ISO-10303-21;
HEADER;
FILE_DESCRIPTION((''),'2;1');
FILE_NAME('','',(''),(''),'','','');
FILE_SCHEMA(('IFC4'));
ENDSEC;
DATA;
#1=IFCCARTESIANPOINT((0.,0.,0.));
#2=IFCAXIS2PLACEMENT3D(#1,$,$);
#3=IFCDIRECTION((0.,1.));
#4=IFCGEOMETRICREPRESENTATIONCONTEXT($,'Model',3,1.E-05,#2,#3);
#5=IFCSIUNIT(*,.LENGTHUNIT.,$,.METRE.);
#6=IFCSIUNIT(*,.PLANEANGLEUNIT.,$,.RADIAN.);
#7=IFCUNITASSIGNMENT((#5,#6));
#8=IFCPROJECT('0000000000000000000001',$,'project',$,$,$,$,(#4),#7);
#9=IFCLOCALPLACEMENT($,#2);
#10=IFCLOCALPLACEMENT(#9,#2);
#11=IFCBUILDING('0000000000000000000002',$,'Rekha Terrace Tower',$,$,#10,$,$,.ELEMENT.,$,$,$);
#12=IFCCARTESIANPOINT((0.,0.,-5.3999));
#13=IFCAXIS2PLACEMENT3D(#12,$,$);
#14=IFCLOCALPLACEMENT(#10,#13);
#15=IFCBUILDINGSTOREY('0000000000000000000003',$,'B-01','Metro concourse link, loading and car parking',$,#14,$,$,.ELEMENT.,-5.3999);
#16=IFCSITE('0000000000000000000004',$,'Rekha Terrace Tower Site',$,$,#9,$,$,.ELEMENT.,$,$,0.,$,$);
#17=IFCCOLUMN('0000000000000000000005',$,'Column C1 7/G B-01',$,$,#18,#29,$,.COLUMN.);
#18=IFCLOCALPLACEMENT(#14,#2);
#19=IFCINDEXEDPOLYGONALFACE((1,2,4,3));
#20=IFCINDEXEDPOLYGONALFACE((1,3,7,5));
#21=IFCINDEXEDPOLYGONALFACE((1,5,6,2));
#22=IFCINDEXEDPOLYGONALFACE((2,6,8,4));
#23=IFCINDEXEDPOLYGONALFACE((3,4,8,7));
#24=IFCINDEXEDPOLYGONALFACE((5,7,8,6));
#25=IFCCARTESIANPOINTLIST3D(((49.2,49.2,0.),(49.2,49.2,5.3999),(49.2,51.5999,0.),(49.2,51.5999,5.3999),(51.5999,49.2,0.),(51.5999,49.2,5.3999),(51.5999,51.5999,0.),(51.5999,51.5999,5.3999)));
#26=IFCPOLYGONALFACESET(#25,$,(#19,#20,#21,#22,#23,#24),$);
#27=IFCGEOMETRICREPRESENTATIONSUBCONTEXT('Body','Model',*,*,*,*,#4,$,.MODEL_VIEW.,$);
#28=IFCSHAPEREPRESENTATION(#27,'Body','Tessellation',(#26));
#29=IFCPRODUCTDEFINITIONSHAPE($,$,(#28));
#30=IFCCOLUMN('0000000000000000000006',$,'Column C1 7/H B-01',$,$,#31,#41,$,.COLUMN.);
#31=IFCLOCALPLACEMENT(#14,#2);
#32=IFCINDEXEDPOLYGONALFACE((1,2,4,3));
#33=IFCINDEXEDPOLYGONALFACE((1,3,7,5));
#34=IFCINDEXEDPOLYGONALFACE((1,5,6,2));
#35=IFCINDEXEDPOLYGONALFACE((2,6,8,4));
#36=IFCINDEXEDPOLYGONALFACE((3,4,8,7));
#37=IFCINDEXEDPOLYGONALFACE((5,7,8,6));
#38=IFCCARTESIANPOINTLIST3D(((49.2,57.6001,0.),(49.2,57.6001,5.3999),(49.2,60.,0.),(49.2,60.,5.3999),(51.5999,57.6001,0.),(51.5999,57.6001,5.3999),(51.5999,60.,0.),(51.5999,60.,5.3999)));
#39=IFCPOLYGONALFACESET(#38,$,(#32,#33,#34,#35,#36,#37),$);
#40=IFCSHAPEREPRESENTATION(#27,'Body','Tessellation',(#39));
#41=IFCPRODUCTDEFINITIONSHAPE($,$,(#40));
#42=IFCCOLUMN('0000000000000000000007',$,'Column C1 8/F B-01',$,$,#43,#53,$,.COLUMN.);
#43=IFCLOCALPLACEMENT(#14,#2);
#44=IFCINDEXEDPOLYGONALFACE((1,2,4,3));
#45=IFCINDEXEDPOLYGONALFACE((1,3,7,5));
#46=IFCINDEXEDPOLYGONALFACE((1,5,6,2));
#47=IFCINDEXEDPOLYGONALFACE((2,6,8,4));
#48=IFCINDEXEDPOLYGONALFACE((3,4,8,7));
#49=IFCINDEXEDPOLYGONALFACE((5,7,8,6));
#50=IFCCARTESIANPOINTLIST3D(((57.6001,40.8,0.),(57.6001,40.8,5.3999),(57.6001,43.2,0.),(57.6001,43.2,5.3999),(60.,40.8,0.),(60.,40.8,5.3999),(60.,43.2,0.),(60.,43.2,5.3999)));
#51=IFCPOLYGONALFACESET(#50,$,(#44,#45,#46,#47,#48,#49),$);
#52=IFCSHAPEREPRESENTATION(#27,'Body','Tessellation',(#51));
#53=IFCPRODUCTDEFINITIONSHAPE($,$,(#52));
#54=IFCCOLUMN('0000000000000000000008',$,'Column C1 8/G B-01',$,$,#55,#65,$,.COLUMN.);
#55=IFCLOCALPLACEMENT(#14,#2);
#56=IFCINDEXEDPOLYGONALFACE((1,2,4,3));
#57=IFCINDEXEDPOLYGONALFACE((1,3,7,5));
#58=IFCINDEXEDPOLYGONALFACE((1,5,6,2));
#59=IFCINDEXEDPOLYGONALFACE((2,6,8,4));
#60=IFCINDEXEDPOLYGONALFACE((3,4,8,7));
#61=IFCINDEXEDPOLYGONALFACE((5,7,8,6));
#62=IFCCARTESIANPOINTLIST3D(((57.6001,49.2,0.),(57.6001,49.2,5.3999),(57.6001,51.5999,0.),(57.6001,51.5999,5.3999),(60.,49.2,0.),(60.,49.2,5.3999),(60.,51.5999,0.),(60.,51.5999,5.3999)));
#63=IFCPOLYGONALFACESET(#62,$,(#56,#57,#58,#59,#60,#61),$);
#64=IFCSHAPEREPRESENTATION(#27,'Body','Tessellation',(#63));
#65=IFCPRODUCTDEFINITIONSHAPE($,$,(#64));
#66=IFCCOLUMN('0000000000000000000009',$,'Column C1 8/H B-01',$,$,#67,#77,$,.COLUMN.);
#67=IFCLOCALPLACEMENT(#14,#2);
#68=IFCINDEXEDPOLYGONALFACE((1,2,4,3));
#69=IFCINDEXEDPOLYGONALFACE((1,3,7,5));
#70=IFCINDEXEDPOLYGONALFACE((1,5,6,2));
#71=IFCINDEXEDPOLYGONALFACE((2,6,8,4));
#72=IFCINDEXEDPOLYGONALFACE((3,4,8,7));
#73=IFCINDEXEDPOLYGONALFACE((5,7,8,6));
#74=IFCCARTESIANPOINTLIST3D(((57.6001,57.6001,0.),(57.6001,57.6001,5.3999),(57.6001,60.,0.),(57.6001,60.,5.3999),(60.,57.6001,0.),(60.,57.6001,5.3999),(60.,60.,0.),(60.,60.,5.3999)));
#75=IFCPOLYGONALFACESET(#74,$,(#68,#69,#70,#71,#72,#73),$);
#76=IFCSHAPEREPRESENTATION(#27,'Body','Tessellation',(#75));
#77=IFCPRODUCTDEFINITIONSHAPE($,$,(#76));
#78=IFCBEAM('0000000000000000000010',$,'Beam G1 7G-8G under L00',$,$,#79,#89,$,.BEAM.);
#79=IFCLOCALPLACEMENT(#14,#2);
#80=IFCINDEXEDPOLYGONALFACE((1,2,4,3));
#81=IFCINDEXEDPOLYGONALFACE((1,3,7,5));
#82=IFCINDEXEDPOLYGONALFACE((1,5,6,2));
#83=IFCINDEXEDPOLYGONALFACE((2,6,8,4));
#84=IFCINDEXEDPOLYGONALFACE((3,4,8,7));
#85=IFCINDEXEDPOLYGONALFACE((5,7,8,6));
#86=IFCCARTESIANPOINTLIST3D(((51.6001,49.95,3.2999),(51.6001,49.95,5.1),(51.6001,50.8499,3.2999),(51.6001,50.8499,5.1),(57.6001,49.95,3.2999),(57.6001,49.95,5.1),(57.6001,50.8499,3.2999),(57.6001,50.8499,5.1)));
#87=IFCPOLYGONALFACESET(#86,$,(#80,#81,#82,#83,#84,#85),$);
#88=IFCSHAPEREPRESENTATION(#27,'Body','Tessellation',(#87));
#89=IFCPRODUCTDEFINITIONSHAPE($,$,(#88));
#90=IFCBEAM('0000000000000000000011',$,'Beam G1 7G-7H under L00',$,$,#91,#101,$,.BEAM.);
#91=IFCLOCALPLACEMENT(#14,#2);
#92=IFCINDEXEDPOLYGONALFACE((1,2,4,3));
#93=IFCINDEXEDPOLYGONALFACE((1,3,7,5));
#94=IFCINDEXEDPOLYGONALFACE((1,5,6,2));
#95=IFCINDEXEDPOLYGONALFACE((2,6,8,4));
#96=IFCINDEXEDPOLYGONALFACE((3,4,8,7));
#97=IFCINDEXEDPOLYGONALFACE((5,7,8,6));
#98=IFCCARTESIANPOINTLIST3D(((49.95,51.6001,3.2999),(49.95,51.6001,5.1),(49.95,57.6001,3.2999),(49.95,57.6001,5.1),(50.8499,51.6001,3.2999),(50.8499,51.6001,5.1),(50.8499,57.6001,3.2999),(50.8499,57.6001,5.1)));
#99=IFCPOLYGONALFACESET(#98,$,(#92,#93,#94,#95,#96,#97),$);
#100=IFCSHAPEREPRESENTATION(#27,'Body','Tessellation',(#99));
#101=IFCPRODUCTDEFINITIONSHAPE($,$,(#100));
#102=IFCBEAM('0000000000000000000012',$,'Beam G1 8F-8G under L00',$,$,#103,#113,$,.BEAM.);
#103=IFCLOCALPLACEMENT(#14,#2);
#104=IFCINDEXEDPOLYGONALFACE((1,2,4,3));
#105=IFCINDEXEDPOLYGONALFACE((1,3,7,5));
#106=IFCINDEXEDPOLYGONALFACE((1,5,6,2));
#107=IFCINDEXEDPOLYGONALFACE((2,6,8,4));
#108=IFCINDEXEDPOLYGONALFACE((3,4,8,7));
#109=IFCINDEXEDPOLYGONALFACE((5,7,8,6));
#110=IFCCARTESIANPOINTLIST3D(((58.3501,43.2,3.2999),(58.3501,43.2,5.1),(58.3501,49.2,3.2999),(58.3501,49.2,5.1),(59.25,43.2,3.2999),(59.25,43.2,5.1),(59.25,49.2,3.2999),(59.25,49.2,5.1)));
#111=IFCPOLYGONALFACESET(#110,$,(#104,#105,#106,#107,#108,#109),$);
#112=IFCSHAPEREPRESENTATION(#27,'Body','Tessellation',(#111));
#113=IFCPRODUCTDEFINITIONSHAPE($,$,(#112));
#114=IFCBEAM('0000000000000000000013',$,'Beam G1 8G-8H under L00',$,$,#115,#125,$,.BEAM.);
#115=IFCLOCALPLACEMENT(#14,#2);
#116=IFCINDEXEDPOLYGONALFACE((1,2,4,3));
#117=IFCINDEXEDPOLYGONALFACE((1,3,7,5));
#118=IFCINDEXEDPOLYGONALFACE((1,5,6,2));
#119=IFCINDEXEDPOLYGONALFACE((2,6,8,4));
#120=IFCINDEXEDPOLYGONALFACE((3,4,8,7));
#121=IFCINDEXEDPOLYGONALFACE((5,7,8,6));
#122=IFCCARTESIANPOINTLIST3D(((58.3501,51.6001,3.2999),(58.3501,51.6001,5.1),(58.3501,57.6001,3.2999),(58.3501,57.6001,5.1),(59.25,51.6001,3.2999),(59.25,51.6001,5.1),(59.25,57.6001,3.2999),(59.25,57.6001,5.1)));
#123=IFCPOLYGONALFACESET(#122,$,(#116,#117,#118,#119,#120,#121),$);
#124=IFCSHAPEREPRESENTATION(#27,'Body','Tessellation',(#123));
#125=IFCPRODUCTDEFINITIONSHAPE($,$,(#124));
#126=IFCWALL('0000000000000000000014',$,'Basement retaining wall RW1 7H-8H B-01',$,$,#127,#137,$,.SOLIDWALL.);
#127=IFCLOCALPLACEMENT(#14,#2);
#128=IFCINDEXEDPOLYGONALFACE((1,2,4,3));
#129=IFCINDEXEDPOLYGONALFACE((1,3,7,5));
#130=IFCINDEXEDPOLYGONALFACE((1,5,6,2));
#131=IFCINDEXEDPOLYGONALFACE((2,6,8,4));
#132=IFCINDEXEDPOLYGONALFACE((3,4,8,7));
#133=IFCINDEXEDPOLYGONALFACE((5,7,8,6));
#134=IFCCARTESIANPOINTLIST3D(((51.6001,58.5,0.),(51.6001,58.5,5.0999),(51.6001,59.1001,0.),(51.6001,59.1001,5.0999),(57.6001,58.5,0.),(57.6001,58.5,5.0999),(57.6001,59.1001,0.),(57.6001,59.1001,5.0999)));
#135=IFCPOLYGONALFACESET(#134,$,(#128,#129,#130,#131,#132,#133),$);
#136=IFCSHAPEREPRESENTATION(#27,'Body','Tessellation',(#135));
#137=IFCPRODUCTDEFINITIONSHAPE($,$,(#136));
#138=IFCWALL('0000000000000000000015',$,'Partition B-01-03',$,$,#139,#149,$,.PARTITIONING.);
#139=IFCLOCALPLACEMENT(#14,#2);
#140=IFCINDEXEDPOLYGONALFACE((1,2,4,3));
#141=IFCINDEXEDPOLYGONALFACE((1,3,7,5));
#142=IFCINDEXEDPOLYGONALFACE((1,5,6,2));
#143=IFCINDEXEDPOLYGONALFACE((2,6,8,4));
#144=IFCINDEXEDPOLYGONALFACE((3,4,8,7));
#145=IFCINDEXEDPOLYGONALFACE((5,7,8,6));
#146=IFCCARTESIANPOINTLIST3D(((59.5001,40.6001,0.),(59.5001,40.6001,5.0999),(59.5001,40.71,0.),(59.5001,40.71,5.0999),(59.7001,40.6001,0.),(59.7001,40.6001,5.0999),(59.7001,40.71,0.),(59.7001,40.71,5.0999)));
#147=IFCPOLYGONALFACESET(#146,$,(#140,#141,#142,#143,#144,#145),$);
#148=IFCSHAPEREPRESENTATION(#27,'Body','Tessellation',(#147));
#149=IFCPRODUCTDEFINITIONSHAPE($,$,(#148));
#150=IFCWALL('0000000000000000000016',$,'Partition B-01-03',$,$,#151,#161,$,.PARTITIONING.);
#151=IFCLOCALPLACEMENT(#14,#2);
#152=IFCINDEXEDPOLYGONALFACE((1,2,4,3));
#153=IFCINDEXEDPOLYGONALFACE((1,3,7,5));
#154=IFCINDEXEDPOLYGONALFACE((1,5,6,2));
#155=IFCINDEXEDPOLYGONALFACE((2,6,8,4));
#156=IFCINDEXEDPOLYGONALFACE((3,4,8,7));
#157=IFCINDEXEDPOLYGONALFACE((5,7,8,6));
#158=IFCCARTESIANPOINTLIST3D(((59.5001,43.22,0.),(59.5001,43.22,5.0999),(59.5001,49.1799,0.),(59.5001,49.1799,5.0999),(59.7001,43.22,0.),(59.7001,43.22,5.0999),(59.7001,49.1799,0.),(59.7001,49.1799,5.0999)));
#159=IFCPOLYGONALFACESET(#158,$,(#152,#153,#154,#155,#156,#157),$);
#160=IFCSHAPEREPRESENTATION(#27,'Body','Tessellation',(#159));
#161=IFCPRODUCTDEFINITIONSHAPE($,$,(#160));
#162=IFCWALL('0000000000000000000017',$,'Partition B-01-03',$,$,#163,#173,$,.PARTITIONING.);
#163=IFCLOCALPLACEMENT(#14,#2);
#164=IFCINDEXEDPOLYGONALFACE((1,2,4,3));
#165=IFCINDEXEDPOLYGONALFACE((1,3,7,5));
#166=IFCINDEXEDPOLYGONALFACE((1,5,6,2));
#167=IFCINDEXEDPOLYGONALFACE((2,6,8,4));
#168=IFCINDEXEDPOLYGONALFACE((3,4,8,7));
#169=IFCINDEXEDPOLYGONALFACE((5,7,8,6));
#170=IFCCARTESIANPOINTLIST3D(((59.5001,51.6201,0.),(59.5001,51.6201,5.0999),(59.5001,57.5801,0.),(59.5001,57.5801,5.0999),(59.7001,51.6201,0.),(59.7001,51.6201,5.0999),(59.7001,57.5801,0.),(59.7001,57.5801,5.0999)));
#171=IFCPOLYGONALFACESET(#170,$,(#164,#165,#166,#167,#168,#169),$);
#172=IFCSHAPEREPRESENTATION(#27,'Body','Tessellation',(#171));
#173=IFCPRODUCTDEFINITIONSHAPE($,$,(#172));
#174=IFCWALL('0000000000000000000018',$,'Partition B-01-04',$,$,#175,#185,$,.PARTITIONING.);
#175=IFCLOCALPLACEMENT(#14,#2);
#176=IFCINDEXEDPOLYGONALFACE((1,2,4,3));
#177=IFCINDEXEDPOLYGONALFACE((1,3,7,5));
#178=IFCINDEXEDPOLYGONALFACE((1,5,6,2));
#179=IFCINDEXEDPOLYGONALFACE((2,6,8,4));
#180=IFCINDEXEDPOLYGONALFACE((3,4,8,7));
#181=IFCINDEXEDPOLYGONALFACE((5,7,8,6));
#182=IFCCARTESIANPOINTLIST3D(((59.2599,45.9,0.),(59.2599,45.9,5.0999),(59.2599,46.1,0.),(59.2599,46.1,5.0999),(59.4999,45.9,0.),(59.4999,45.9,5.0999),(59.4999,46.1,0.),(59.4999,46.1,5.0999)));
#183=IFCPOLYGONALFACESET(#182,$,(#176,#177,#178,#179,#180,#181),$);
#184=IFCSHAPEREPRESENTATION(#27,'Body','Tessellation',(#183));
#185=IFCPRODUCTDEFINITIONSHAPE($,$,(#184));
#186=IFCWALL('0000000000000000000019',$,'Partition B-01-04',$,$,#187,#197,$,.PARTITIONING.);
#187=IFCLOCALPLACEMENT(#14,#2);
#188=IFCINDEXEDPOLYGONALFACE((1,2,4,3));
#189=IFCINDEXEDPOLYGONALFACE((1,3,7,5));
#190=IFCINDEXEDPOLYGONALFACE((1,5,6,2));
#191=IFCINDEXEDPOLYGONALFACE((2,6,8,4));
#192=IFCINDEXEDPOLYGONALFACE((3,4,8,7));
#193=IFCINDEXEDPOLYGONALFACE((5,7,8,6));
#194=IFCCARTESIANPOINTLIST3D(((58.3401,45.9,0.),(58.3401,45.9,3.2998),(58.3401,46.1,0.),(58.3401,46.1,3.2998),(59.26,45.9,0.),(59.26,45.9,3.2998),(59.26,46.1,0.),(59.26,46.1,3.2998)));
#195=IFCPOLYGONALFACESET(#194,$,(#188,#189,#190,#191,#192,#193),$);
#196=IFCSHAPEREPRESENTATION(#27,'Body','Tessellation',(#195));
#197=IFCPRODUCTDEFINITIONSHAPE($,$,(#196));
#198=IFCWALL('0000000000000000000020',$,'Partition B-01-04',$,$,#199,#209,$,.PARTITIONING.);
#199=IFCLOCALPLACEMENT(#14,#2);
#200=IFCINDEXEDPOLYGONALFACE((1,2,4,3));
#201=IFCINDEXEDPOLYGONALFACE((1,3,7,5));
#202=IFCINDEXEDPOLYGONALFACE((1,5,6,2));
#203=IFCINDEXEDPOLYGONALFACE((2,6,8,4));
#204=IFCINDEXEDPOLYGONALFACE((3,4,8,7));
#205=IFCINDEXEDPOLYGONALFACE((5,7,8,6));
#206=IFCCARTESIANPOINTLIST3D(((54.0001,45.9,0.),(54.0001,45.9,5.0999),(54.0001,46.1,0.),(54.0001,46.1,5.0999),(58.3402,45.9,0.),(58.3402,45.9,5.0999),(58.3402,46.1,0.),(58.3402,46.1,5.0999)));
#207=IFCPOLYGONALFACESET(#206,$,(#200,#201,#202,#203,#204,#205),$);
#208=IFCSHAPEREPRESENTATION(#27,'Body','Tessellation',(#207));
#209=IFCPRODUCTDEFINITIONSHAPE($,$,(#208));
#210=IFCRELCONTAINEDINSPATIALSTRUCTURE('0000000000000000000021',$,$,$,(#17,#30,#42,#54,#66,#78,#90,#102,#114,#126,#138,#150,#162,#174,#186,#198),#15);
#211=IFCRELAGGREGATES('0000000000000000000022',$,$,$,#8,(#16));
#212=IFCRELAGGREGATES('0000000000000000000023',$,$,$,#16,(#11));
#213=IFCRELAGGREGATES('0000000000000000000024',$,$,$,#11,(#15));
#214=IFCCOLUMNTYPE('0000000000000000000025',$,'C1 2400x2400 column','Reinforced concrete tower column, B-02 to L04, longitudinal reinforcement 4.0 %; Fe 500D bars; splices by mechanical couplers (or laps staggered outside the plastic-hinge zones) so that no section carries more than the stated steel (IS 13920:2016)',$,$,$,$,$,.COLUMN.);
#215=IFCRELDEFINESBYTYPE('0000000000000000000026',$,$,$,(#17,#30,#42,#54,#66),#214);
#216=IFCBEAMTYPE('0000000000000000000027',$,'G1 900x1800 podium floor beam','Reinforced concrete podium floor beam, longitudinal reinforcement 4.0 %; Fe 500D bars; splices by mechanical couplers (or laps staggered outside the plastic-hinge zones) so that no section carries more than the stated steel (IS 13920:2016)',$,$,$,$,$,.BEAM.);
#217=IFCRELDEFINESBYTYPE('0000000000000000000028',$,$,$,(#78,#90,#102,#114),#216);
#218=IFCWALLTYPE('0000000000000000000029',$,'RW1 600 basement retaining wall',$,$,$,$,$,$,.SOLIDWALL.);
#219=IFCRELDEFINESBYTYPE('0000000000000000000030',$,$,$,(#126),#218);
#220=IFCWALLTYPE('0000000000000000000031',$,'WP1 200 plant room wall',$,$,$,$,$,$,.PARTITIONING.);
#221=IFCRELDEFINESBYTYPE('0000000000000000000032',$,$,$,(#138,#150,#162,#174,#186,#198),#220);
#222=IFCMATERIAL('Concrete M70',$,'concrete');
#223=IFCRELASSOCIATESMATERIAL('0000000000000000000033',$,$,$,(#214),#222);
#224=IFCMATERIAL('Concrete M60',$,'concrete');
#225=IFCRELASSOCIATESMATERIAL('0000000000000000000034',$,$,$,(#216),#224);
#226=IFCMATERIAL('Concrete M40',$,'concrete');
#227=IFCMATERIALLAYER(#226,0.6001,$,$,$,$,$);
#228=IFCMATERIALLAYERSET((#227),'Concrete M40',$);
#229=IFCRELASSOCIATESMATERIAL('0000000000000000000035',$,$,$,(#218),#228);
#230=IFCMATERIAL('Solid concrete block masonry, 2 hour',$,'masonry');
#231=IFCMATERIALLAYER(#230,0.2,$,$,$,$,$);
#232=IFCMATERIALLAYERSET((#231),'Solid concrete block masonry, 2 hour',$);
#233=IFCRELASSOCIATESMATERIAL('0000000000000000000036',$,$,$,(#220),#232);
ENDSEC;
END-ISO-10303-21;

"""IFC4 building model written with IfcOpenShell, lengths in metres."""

from ifc_helpers import new_model, si_unit, direction, frame, frame_2d, origin, origin_2d, place, context, subcontext, project, spatial, rectangle, extrude, material, layer, layer_set, material_profile, profile_set, type_object, element, save


model = new_model("IFC4")

# Units and contexts
model_context = context("Model", 3, precision=1e-05, world=origin(), true_north=direction((0.0, 1.0)))
body_context = subcontext(model_context, "Body", "Model", "MODEL_VIEW")
ifc_project = project(units=[si_unit("LENGTHUNIT", "METRE"), si_unit("PLANEANGLEUNIT", "RADIAN")], contexts=[model_context])

# Site, building, storey
site_placement = place(None, origin())
site = spatial("IfcSite", under=ifc_project, at=site_placement, Name="Rekha Terrace Tower Site", CompositionType="ELEMENT", RefElevation=0.0)
building_placement = place(site_placement, origin())
building = spatial("IfcBuilding", under=site, at=building_placement, Name="Rekha Terrace Tower", CompositionType="ELEMENT")
storey_placement = place(building_placement, frame((0.0, 0.0, -5.3999)))
storey = spatial("IfcBuildingStorey", under=building, at=storey_placement, Name="B-01", Description="Metro concourse link, loading and car parking", CompositionType="ELEMENT", Elevation=-5.3999)

# Columns
ifc_material_1 = material(Name="Concrete M70", Category="concrete")
ifc_material_profile_1 = material_profile(ifc_material_1, rectangle(XDim=2.3999, YDim=2.3999, at=origin_2d()), Name="RC 2400x2400")
ifc_profile_set_1 = profile_set([ifc_material_profile_1], Name="Concrete M70")
column_type = type_object("IfcColumnType", Name="C1 2400x2400 column", Description="Reinforced concrete tower column, B-02 to L04, longitudinal reinforcement 4.0 %; Fe 500D bars; splices by mechanical couplers (or laps staggered outside the plastic-hinge zones) so that no section carries more than the stated steel (IS 13920:2016)", PredefinedType="COLUMN", material=ifc_profile_set_1)
for number, where, z_axis, x_axis, name in (
    (1, (50.3999, 50.3999, 0.0), (0.0, 0.0, 1.0), (1.0, 0.0, 0.0), "Column C1 7/G B-01"),
    (2, (50.3999, 58.8, 0.0), (0.0, 0.0, 1.0), (1.0, 0.0, 0.0), "Column C1 7/H B-01"),
    (3, (58.8, 42.0, 0.0), (0.0, 0.0, 1.0), (1.0, 0.0, 0.0), "Column C1 8/F B-01"),
    (4, (58.8, 50.3999, 0.0), (0.0, 0.0, 1.0), (1.0, 0.0, 0.0), "Column C1 8/G B-01"),
    (5, (58.8, 58.8, 0.0), (0.0, 0.0, 1.0), (1.0, 0.0, 0.0), "Column C1 8/H B-01"),
):
    element("IfcColumn", number, at=place(storey_placement, frame(where, z_axis=z_axis, x_axis=x_axis)), inside=storey, type_object=column_type, Name=name, PredefinedType="COLUMN", context=body_context, shape_type="SweptSolid", body=[
        extrude(rectangle(XDim=2.3999, YDim=2.3999, at=origin_2d()), origin(), (0.0, 0.0, 1.0), 5.3999),
    ])

# Beams
ifc_material_2 = material(Name="Concrete M60", Category="concrete")
ifc_material_profile_2 = material_profile(ifc_material_2, rectangle(XDim=0.8999, YDim=1.8, at=origin_2d()), Name="RC 900x1800")
ifc_profile_set_2 = profile_set([ifc_material_profile_2], Name="Concrete M60")
beam_type = type_object("IfcBeamType", Name="G1 900x1800 podium floor beam", Description="Reinforced concrete podium floor beam, longitudinal reinforcement 4.0 %; Fe 500D bars; splices by mechanical couplers (or laps staggered outside the plastic-hinge zones) so that no section carries more than the stated steel (IS 13920:2016)", PredefinedType="BEAM", material=ifc_profile_set_2)
for number, where, z_axis, x_axis, name in (
    (6, (51.6001, 50.3999, 4.2), (1.0, 0.0, 0.0), (0.0, 1.0, 0.0), "Beam G1 7G-8G under L00"),
    (7, (50.3999, 51.6001, 4.2), (0.0, 1.0, 0.0), (-1.0, 0.0, 0.0), "Beam G1 7G-7H under L00"),
    (8, (58.8, 43.2, 4.2), (0.0, 1.0, 0.0), (-1.0, 0.0, 0.0), "Beam G1 8F-8G under L00"),
    (9, (58.8, 51.6001, 4.2), (0.0, 1.0, 0.0), (-1.0, 0.0, 0.0), "Beam G1 8G-8H under L00"),
):
    element("IfcBeam", number, at=place(storey_placement, frame(where, z_axis=z_axis, x_axis=x_axis)), inside=storey, type_object=beam_type, Name=name, PredefinedType="BEAM", context=body_context, shape_type="SweptSolid", body=[
        extrude(rectangle(XDim=0.8999, YDim=1.8, at=origin_2d()), origin(), (0.0, 0.0, 1.0), 6.0),
    ])

# Walls
ifc_material_3 = material(Name="Concrete M40", Category="concrete")
ifc_layer_1 = layer(ifc_material_3, 0.6001)
ifc_layer_set_1 = layer_set([ifc_layer_1], Name="Concrete M40")
wall_type_1 = type_object("IfcWallType", Name="RW1 600 basement retaining wall", PredefinedType="SOLIDWALL", material=ifc_layer_set_1)
wall_1_placement = place(storey_placement, frame((51.6001, 58.8, 0.0), z_axis=(0.0, 0.0, 1.0), x_axis=(1.0, 0.0, 0.0)))
element("IfcWall", 10, at=wall_1_placement, inside=storey, type_object=wall_type_1, Name="Basement retaining wall RW1 7H-8H B-01", PredefinedType="SOLIDWALL", context=body_context, shape_type="SweptSolid", body=[
    extrude(rectangle(XDim=6.0, YDim=0.6001, at=frame_2d((3.0, 0.0))), origin(), (0.0, 0.0, 1.0), 5.0999),
])
ifc_material_4 = material(Name="Solid concrete block masonry, 2 hour", Category="masonry")
ifc_layer_2 = layer(ifc_material_4, 0.2)
ifc_layer_set_2 = layer_set([ifc_layer_2], Name="Solid concrete block masonry, 2 hour")
wall_type_2 = type_object("IfcWallType", Name="WP1 200 plant room wall", PredefinedType="PARTITIONING", material=ifc_layer_set_2)
wall_2_placement = place(storey_placement, frame((59.6001, 40.6001, 0.0), z_axis=(0.0, 0.0, 1.0), x_axis=(0.0, 1.0, 0.0)))
element("IfcWall", 11, at=wall_2_placement, inside=storey, type_object=wall_type_2, Name="Partition B-01-03", PredefinedType="PARTITIONING", context=body_context, shape_type="SweptSolid", body=[
    extrude(rectangle(XDim=0.1099, YDim=0.2, at=frame_2d((0.0549, 0.0))), origin(), (0.0, 0.0, 1.0), 5.0999),
])
for number, where, z_axis, x_axis, name in (
    (12, (59.6001, 43.22, 0.0), (0.0, 0.0, 1.0), (0.0, 1.0, 0.0), "Partition B-01-03"),
    (13, (59.6001, 51.6201, 0.0), (0.0, 0.0, 1.0), (0.0, 1.0, 0.0), "Partition B-01-03"),
):
    element("IfcWall", number, at=place(storey_placement, frame(where, z_axis=z_axis, x_axis=x_axis)), inside=storey, type_object=wall_type_2, Name=name, PredefinedType="PARTITIONING", context=body_context, shape_type="SweptSolid", body=[
        extrude(rectangle(XDim=5.96, YDim=0.2, at=frame_2d((2.98, 0.0))), origin(), (0.0, 0.0, 1.0), 5.0999),
    ])
wall_3_placement = place(storey_placement, frame((59.5, 46.0, 0.0), z_axis=(0.0, 0.0, 1.0), x_axis=(-1.0, 0.0, 0.0)))
element("IfcWall", 14, at=wall_3_placement, inside=storey, type_object=wall_type_2, Name="Partition B-01-04", PredefinedType="PARTITIONING", context=body_context, shape_type="SweptSolid", body=[
    extrude(rectangle(XDim=0.24, YDim=0.2, at=frame_2d((0.1201, 0.0))), origin(), (0.0, 0.0, 1.0), 5.0999),
])
wall_4_placement = place(storey_placement, frame((59.26, 46.0, 0.0), z_axis=(0.0, 0.0, 1.0), x_axis=(-1.0, 0.0, 0.0)))
element("IfcWall", 15, at=wall_4_placement, inside=storey, type_object=wall_type_2, Name="Partition B-01-04", PredefinedType="PARTITIONING", context=body_context, shape_type="SweptSolid", body=[
    extrude(rectangle(XDim=0.9199, YDim=0.2, at=frame_2d((0.46, 0.0))), origin(), (0.0, 0.0, 1.0), 3.2998),
])
wall_5_placement = place(storey_placement, frame((58.3401, 46.0, 0.0), z_axis=(0.0, 0.0, 1.0), x_axis=(-1.0, 0.0, 0.0)))
element("IfcWall", 16, at=wall_5_placement, inside=storey, type_object=wall_type_2, Name="Partition B-01-04", PredefinedType="PARTITIONING", context=body_context, shape_type="SweptSolid", body=[
    extrude(rectangle(XDim=4.3401, YDim=0.2, at=frame_2d((2.1699, 0.0))), origin(), (0.0, 0.0, 1.0), 5.0999),
])

save(model, "model.ifc")
